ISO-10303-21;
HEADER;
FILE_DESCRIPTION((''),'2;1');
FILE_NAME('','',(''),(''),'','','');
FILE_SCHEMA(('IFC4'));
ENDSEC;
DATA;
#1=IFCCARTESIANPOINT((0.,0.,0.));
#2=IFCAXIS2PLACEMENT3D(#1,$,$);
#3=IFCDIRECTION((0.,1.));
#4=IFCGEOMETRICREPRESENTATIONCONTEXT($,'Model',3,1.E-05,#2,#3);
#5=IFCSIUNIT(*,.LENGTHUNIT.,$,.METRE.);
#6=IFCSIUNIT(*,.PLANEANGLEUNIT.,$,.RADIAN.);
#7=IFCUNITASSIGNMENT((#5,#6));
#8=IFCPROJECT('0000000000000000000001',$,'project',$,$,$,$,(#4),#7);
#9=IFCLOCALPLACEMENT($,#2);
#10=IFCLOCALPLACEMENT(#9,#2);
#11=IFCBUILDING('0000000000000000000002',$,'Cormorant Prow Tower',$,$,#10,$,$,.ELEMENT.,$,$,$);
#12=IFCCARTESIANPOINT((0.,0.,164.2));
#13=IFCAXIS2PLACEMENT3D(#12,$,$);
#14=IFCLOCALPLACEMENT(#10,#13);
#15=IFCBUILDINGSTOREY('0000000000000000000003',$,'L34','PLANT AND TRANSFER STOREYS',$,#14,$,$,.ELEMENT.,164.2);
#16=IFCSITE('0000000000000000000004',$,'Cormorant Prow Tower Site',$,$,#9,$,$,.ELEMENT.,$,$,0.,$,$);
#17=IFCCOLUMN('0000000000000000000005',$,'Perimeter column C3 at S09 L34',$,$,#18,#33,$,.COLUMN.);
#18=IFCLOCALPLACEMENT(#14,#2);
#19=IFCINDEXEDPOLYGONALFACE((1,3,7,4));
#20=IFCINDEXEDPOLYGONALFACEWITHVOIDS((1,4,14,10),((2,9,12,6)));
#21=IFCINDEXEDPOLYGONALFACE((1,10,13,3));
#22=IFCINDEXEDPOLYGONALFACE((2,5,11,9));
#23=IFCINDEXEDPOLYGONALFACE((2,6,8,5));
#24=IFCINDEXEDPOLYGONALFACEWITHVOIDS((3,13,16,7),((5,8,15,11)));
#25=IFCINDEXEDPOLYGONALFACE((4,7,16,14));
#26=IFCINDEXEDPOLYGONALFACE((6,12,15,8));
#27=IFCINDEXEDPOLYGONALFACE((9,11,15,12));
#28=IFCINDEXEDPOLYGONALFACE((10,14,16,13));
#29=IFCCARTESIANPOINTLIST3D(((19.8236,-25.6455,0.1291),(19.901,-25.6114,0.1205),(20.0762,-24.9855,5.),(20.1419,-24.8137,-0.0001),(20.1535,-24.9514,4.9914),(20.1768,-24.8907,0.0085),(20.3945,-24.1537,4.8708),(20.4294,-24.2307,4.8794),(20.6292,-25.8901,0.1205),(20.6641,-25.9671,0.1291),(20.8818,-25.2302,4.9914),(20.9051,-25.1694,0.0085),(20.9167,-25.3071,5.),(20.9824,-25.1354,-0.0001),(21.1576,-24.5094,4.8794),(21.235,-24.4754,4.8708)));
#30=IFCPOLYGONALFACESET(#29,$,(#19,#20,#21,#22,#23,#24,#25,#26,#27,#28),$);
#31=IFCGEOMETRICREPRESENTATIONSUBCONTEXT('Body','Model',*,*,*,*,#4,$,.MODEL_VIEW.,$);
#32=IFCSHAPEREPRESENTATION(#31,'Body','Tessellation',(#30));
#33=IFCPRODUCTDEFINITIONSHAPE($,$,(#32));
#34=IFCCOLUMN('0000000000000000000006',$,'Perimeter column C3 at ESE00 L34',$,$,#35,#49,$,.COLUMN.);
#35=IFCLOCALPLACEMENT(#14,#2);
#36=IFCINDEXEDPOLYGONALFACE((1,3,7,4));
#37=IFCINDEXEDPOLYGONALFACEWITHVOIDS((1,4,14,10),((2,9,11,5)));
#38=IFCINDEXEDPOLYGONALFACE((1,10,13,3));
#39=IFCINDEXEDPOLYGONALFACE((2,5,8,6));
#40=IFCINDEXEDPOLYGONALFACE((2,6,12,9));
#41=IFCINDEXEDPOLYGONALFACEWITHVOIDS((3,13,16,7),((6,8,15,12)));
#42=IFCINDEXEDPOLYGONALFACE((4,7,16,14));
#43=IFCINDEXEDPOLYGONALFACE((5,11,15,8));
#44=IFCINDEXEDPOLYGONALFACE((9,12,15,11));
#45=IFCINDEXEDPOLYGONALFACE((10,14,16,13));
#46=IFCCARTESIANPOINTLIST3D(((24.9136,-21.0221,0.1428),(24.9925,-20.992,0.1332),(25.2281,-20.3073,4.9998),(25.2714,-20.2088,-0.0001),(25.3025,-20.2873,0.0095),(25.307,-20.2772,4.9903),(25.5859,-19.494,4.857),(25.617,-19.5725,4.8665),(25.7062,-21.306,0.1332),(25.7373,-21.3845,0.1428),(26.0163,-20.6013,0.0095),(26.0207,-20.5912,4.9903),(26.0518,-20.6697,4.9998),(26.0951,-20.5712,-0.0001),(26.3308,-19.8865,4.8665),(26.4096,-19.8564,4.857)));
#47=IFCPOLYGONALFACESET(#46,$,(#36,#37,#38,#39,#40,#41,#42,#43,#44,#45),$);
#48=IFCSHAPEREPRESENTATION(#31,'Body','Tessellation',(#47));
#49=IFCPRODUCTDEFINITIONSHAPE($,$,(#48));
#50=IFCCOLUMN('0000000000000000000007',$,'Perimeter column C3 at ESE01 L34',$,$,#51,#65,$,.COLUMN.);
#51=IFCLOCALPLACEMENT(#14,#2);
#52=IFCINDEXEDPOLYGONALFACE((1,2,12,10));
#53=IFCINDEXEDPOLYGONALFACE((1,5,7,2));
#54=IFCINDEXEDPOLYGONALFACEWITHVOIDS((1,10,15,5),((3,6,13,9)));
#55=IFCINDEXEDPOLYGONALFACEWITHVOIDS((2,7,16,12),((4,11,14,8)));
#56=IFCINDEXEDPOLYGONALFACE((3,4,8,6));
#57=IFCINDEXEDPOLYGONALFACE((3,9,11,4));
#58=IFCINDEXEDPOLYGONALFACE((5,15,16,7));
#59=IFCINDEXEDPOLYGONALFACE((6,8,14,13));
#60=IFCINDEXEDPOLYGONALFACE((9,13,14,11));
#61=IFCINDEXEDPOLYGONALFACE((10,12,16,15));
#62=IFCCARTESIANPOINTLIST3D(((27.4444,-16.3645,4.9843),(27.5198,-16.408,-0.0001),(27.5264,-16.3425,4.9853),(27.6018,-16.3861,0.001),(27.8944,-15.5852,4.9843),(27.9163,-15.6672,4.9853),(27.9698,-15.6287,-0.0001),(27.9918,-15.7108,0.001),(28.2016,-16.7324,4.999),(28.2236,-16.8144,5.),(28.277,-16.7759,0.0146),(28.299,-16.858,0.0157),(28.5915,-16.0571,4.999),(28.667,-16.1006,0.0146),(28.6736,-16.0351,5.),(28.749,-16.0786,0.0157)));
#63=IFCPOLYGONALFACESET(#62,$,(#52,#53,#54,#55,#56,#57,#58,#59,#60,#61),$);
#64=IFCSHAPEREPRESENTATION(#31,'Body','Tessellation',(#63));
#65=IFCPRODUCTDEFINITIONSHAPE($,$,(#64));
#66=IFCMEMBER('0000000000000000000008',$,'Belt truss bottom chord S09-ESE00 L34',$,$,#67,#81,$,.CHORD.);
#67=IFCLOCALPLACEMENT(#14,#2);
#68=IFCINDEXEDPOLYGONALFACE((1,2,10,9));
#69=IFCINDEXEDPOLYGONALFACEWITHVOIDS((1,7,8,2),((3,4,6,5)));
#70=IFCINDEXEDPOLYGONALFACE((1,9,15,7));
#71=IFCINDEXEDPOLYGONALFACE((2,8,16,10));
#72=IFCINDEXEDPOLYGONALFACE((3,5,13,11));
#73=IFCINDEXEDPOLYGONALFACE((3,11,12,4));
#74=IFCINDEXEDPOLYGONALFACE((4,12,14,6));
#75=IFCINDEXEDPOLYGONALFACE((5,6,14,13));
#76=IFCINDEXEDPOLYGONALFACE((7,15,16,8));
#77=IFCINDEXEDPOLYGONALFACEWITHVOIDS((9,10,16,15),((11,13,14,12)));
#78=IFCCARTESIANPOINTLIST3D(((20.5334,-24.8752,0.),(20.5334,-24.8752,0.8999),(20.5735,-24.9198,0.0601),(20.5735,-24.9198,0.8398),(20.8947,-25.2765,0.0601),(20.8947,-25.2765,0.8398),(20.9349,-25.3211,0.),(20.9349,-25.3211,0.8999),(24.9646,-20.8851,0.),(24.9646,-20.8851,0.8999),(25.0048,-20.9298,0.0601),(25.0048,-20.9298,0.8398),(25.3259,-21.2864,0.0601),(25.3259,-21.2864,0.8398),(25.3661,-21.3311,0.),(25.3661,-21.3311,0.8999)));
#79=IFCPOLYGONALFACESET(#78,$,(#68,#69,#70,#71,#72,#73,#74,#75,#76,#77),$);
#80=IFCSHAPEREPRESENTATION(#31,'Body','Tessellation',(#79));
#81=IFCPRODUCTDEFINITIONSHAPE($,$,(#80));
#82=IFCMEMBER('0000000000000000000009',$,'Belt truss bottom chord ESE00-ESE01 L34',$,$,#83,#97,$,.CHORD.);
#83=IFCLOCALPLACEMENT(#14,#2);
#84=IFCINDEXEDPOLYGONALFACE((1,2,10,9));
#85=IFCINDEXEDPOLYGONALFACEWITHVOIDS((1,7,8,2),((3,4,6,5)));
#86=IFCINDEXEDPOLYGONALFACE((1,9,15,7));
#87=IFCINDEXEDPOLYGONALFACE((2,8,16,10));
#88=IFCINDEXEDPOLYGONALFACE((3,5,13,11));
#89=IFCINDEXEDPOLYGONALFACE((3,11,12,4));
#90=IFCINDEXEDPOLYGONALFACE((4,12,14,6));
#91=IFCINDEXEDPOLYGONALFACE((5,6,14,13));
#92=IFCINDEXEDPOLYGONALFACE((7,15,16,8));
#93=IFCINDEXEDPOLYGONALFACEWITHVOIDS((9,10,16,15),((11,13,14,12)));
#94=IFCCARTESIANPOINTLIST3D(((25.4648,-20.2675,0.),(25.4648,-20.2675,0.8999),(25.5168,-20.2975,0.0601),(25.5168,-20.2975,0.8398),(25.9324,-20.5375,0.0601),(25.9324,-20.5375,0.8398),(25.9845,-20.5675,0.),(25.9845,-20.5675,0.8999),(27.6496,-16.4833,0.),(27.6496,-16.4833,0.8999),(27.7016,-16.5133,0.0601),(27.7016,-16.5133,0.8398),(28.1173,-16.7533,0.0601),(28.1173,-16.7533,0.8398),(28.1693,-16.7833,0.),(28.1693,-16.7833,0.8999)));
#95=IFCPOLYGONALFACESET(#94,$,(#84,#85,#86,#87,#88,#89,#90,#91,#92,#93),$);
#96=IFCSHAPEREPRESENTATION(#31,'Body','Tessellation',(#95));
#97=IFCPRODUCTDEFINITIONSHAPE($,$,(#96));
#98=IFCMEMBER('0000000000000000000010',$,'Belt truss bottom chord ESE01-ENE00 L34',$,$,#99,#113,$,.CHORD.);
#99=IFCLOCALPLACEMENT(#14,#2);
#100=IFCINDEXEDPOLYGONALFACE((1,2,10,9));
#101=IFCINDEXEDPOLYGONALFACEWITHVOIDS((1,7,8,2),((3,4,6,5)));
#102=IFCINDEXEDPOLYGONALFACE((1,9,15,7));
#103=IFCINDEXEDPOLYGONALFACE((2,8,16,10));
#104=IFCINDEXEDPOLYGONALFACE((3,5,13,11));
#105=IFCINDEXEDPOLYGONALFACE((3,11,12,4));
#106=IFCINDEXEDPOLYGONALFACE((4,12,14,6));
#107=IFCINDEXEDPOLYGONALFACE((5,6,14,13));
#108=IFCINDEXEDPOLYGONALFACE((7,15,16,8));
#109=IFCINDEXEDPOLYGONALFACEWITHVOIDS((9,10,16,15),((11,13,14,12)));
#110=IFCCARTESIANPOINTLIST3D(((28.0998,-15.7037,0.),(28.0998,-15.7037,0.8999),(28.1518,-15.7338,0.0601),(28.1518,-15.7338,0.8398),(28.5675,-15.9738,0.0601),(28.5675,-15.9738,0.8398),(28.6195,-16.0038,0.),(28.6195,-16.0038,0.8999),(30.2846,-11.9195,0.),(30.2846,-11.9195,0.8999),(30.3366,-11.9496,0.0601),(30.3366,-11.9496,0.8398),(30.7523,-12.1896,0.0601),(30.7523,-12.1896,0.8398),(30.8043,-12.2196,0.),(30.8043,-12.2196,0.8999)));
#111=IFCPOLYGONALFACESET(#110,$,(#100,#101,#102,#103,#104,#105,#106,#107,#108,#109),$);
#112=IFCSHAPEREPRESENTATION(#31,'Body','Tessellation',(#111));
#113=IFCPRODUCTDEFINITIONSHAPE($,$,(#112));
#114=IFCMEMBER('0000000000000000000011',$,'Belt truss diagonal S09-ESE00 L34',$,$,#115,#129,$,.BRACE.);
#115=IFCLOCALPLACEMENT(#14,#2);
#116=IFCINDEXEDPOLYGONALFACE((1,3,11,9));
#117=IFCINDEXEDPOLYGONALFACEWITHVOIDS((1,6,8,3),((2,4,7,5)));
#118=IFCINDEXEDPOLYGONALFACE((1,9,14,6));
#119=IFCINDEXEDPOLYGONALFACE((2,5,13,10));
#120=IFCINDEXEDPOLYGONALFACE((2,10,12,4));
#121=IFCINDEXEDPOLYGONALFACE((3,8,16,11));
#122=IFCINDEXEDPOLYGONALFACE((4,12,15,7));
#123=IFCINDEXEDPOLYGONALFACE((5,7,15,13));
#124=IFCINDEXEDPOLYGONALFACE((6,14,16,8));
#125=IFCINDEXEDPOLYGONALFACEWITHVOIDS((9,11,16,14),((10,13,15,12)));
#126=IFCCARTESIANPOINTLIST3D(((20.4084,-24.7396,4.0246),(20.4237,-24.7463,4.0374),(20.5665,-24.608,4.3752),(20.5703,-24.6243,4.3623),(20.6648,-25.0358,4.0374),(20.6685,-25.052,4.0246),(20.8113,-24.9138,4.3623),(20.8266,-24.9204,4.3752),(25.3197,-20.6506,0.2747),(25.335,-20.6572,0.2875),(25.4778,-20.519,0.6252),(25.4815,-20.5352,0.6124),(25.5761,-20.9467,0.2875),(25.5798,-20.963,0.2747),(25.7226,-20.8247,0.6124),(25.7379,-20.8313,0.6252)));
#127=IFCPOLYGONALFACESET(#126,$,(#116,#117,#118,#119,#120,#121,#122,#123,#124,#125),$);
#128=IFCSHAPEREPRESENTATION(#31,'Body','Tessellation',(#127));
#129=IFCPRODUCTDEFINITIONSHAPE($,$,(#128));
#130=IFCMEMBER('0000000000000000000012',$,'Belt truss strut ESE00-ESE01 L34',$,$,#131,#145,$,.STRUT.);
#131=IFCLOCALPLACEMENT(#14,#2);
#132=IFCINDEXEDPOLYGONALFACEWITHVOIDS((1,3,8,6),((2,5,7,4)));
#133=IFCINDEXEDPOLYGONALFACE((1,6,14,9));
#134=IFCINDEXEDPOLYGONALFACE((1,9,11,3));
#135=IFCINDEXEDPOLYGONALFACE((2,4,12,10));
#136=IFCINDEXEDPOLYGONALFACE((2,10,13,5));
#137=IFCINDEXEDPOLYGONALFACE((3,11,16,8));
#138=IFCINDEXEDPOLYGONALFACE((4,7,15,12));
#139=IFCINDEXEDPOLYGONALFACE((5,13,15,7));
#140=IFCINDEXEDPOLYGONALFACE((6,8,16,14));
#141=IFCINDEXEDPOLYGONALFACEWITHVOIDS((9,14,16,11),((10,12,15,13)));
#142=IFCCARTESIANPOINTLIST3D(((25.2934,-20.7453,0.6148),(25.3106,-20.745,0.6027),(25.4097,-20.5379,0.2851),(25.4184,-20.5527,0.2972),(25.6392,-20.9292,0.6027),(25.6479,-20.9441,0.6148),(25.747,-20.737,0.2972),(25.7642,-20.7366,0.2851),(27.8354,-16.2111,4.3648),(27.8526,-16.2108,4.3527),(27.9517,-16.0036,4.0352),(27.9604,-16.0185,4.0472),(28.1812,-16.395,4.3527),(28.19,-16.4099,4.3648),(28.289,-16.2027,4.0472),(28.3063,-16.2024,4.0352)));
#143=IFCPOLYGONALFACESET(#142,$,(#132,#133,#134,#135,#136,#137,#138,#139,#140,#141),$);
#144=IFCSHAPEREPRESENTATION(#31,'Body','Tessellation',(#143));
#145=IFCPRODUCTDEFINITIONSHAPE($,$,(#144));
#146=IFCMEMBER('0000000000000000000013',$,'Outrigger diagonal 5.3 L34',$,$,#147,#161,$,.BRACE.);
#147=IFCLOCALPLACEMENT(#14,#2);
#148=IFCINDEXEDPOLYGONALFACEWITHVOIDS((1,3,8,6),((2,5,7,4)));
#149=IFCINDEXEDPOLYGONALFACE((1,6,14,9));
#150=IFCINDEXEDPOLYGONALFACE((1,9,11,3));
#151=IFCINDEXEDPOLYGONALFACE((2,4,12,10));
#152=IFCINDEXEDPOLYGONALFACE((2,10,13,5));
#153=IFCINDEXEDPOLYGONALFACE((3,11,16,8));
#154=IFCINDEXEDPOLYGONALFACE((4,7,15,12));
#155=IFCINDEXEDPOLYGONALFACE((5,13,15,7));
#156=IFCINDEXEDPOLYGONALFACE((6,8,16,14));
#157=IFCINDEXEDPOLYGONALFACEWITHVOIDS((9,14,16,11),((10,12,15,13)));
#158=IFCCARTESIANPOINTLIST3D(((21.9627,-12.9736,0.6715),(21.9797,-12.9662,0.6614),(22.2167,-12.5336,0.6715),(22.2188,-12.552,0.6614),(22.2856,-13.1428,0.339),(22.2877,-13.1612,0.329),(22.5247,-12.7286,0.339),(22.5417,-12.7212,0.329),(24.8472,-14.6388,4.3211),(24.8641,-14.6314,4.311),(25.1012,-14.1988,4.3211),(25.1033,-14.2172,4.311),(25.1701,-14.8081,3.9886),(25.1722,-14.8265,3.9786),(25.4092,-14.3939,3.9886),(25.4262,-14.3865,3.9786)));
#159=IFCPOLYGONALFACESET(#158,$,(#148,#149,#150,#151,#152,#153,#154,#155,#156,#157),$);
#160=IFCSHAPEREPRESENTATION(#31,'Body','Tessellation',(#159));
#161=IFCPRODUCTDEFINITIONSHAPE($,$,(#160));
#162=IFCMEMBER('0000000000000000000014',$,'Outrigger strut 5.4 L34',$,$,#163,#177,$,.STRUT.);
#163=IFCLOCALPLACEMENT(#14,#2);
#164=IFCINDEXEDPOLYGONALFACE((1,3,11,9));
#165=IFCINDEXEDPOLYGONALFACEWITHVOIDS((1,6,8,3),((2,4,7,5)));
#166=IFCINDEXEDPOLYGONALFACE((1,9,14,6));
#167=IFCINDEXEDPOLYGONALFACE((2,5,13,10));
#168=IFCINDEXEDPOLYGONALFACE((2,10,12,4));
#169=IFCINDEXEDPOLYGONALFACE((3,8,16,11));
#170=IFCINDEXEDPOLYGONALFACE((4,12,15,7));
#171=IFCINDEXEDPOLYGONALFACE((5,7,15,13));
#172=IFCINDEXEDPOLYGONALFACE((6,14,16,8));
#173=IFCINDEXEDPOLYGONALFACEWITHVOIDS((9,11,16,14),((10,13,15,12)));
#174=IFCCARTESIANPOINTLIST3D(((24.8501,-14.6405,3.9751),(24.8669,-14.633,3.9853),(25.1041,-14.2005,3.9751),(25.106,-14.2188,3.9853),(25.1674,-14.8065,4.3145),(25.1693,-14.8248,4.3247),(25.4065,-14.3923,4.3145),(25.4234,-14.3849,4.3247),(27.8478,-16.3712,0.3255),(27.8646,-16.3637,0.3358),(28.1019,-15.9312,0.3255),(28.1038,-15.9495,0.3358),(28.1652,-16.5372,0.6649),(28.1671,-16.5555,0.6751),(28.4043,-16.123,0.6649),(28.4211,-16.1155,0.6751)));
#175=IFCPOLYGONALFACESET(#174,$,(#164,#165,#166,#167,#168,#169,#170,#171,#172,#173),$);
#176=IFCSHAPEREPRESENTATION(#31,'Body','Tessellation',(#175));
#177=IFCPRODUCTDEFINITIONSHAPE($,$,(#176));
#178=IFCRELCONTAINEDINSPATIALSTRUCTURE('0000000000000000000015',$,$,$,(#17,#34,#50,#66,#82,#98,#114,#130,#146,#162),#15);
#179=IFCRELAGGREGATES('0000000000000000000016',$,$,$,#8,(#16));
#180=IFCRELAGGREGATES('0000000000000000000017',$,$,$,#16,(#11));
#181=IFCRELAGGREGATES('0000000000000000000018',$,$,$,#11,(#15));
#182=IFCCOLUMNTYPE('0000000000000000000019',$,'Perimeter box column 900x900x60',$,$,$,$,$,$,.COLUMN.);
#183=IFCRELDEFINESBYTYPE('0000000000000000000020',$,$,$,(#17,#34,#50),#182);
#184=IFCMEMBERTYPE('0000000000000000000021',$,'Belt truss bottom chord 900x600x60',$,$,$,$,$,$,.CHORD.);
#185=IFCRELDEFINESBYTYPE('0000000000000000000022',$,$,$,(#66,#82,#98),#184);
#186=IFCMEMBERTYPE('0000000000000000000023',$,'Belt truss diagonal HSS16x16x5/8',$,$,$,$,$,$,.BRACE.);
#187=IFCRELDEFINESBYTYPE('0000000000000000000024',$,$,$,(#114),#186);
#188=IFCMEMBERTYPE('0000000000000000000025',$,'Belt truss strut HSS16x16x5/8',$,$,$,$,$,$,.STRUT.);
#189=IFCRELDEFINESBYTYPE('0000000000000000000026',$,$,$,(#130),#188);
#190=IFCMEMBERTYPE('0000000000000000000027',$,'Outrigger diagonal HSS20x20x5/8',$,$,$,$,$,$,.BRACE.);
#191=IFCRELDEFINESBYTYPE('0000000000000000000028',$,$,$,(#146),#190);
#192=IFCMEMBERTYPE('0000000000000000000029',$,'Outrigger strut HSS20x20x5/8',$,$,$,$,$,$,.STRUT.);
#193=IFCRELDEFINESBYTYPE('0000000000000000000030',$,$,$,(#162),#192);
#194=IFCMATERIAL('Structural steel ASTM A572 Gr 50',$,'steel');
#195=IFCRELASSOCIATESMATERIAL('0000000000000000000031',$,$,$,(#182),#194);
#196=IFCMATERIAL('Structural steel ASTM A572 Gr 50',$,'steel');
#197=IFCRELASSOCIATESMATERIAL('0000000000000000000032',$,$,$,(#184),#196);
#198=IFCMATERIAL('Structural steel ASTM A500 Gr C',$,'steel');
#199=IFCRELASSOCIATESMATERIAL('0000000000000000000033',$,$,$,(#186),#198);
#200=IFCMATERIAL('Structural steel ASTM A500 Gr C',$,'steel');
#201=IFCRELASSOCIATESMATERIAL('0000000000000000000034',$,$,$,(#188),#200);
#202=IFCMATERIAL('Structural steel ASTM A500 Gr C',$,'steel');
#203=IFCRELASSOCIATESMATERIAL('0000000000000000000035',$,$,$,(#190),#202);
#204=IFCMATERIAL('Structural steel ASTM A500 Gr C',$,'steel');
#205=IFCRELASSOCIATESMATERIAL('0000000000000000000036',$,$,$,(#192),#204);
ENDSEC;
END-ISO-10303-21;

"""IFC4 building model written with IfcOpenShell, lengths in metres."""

from ifc_helpers import new_model, si_unit, direction, frame, origin, origin_2d, place, context, subcontext, project, spatial, hollow_rectangle, extrude, material, material_profile, profile_set, type_object, element, save


model = new_model("IFC4")

# Units and contexts
model_context = context("Model", 3, precision=1e-05, world=origin(), true_north=direction((0.0, 1.0)))
body_context = subcontext(model_context, "Body", "Model", "MODEL_VIEW")
ifc_project = project(units=[si_unit("LENGTHUNIT", "METRE"), si_unit("PLANEANGLEUNIT", "RADIAN")], contexts=[model_context])

# Site, building, storey
site_placement = place(None, origin())
site = spatial("IfcSite", under=ifc_project, at=site_placement, Name="Cormorant Prow Tower Site", CompositionType="ELEMENT", RefElevation=0.0)
building_placement = place(site_placement, origin())
building = spatial("IfcBuilding", under=site, at=building_placement, Name="Cormorant Prow Tower", CompositionType="ELEMENT")
storey_placement = place(building_placement, frame((0.0, 0.0, 164.2)))
storey = spatial("IfcBuildingStorey", under=building, at=storey_placement, Name="L34", Description="PLANT AND TRANSFER STOREYS", CompositionType="ELEMENT", Elevation=164.2)

# Columns
ifc_material_1 = material(Name="Structural steel ASTM A572 Gr 50", Category="steel")
ifc_material_profile_1 = material_profile(ifc_material_1, hollow_rectangle(XDim=0.8999, YDim=0.8999, WallThickness=0.0601, at=origin_2d()), Name="Box 900x900x60")
ifc_profile_set_1 = profile_set([ifc_material_profile_1], Name="Structural steel ASTM A572 Gr 50")
column_type = type_object("IfcColumnType", Name="Perimeter box column 900x900x60", PredefinedType="COLUMN", material=ifc_profile_set_1)
column_1_placement = place(storey_placement, frame((20.3997, -25.3992, 0.0), z_axis=(0.051318, 0.134094, 0.989639), x_axis=(-0.933943, 0.357422, 0.0)))
element("IfcColumn", 1, at=column_1_placement, inside=storey, type_object=column_type, Name="Perimeter column C3 at S09 L34", PredefinedType="COLUMN", context=body_context, shape_type="SweptSolid", body=[
    extrude(hollow_rectangle(XDim=0.8999, YDim=0.8999, WallThickness=0.0601, at=origin_2d()), frame((0.0, 0.0, 0.0652)), (0.0, 0.0, 1.0), 4.9219),
])
column_2_placement = place(storey_placement, frame((25.4998, -20.8071, 0.0), z_axis=(0.063925, 0.145302, 0.98732), x_axis=(-0.915333, 0.402698, 0.0)))
element("IfcColumn", 2, at=column_2_placement, inside=storey, type_object=column_type, Name="Perimeter column C3 at ESE00 L34", PredefinedType="COLUMN", context=body_context, shape_type="SweptSolid", body=[
    extrude(hollow_rectangle(XDim=0.8999, YDim=0.8999, WallThickness=0.0601, at=origin_2d()), frame((0.0, 0.0, 0.0723)), (0.0, 0.0, 1.0), 4.9194),
])
column_3_placement = place(storey_placement, frame((28.1345, -16.2434, 0.0), z_axis=(-0.015134, 0.008739, 0.999847), x_axis=(-0.500045, -0.865999, 0.0)))
element("IfcColumn", 3, at=column_3_placement, inside=storey, type_object=column_type, Name="Perimeter column C3 at ESE01 L34", PredefinedType="COLUMN", context=body_context, shape_type="SweptSolid", body=[
    extrude(hollow_rectangle(XDim=0.8999, YDim=0.8999, WallThickness=0.0601, at=origin_2d()), frame((0.0, 0.0, 0.0078)), (0.0, 0.0, 1.0), 4.9851),
])

# Members
ifc_material_2 = material(Name="Structural steel ASTM A572 Gr 50", Category="steel")
ifc_material_profile_2 = material_profile(ifc_material_2, hollow_rectangle(XDim=0.6001, YDim=0.8999, WallThickness=0.0601, at=origin_2d()), Name="Box 900x600x60")
ifc_profile_set_2 = profile_set([ifc_material_profile_2], Name="Structural steel ASTM A572 Gr 50")
member_type_1 = type_object("IfcMemberType", Name="Belt truss bottom chord 900x600x60", PredefinedType="CHORD", material=ifc_profile_set_2)
member_1_placement = place(storey_placement, frame((20.7341, -25.0981, 0.45), z_axis=(0.743131, 0.669146, 0.0), x_axis=(-0.669146, 0.743131, 0.0)))
element("IfcMember", 4, at=member_1_placement, inside=storey, type_object=member_type_1, Name="Belt truss bottom chord S09-ESE00 L34", PredefinedType="CHORD", context=body_context, shape_type="SweptSolid", body=[
    extrude(hollow_rectangle(XDim=0.6001, YDim=0.8999, WallThickness=0.0601, at=origin_2d()), origin(), (0.0, 0.0, 1.0), 5.9629),
])
for number, where, z_axis, x_axis, name in (
    (5, (25.7246, -20.4175, 0.45), (0.500003, 0.866024, 0.0), (-0.866024, 0.500003, 0.0), "Belt truss bottom chord ESE00-ESE01 L34"),
    (6, (28.3596, -15.8538, 0.45), (0.500003, 0.866024, 0.0), (-0.866024, 0.500003, 0.0), "Belt truss bottom chord ESE01-ENE00 L34"),
):
    element("IfcMember", number, at=place(storey_placement, frame(where, z_axis=z_axis, x_axis=x_axis)), inside=storey, type_object=member_type_1, Name=name, PredefinedType="CHORD", context=body_context, shape_type="SweptSolid", body=[
        extrude(hollow_rectangle(XDim=0.6001, YDim=0.8999, WallThickness=0.0601, at=origin_2d()), origin(), (0.0, 0.0, 1.0), 4.3696),
    ])
ifc_material_3 = material(Name="Structural steel ASTM A500 Gr C", Category="steel")
ifc_material_profile_3 = material_profile(ifc_material_3, hollow_rectangle(XDim=0.4065, YDim=0.4065, WallThickness=0.0149, at=origin_2d()), Name="HSS16x16x5/8")
ifc_profile_set_3 = profile_set([ifc_material_profile_3], Name="Structural steel ASTM A500 Gr C")
member_type_2 = type_object("IfcMemberType", Name="Belt truss diagonal HSS16x16x5/8", PredefinedType="BRACE", material=ifc_profile_set_3)
member_2_placement = place(storey_placement, frame((25.5288, -20.741, 0.45), z_axis=(-0.662823, -0.551853, 0.506087), x_axis=(0.639842, -0.768506, 0.0)))
element("IfcMember", 7, at=member_2_placement, inside=storey, type_object=member_type_2, Name="Belt truss diagonal S09-ESE00 L34", PredefinedType="BRACE", context=body_context, shape_type="SweptSolid", body=[
    extrude(hollow_rectangle(XDim=0.4065, YDim=0.4065, WallThickness=0.0149, at=origin_2d()), origin(), (0.0, 0.0, 1.0), 7.4097),
])
ifc_material_4 = material(Name="Structural steel ASTM A500 Gr C", Category="steel")
ifc_material_profile_4 = material_profile(ifc_material_4, hollow_rectangle(XDim=0.4065, YDim=0.4065, WallThickness=0.0149, at=origin_2d()), Name="HSS16x16x5/8")
ifc_profile_set_4 = profile_set([ifc_material_profile_4], Name="Structural steel ASTM A500 Gr C")
member_type_3 = type_object("IfcMemberType", Name="Belt truss strut HSS16x16x5/8", PredefinedType="STRUT", material=ifc_profile_set_4)
member_3_placement = place(storey_placement, frame((25.5288, -20.741, 0.45), z_axis=(0.396591, 0.707404, 0.58506), x_axis=(-0.872272, 0.489021, 0.0)))
element("IfcMember", 8, at=member_3_placement, inside=storey, type_object=member_type_3, Name="Belt truss strut ESE00-ESE01 L34", PredefinedType="STRUT", context=body_context, shape_type="SweptSolid", body=[
    extrude(hollow_rectangle(XDim=0.4065, YDim=0.4065, WallThickness=0.0149, at=origin_2d()), origin(), (0.0, 0.0, 1.0), 6.4097),
])
ifc_material_5 = material(Name="Structural steel ASTM A500 Gr C", Category="steel")
ifc_material_profile_5 = material_profile(ifc_material_5, hollow_rectangle(XDim=0.5081, YDim=0.5081, WallThickness=0.0149, at=origin_2d()), Name="HSS20x20x5/8")
ifc_profile_set_5 = profile_set([ifc_material_profile_5], Name="Structural steel ASTM A500 Gr C")
member_type_4 = type_object("IfcMemberType", Name="Outrigger diagonal HSS20x20x5/8", PredefinedType="BRACE", material=ifc_profile_set_5)
member_4_placement = place(storey_placement, frame((22.2522, -12.8474, 0.5002), z_axis=(0.583791, -0.337033, 0.738645), x_axis=(0.499978, 0.866038, 0.0)))
element("IfcMember", 9, at=member_4_placement, inside=storey, type_object=member_type_4, Name="Outrigger diagonal 5.3 L34", PredefinedType="BRACE", context=body_context, shape_type="SweptSolid", body=[
    extrude(hollow_rectangle(XDim=0.5081, YDim=0.5081, WallThickness=0.0149, at=origin_2d()), origin(), (0.0, 0.0, 1.0), 4.9409),
])
ifc_material_6 = material(Name="Structural steel ASTM A500 Gr C", Category="steel")
ifc_material_profile_6 = material_profile(ifc_material_6, hollow_rectangle(XDim=0.5081, YDim=0.5081, WallThickness=0.0149, at=origin_2d()), Name="HSS20x20x5/8")
ifc_profile_set_6 = profile_set([ifc_material_profile_6], Name="Structural steel ASTM A500 Gr C")
member_type_5 = type_object("IfcMemberType", Name="Outrigger strut HSS20x20x5/8", PredefinedType="STRUT", material=ifc_profile_set_6)
member_5_placement = place(storey_placement, frame((25.1367, -14.5127, 4.1499), z_axis=(0.595969, -0.344069, -0.72556), x_axis=(0.499985, 0.866034, 0.0)))
element("IfcMember", 10, at=member_5_placement, inside=storey, type_object=member_type_5, Name="Outrigger strut 5.4 L34", PredefinedType="STRUT", context=body_context, shape_type="SweptSolid", body=[
    extrude(hollow_rectangle(XDim=0.5081, YDim=0.5081, WallThickness=0.0149, at=origin_2d()), origin(), (0.0, 0.0, 1.0), 5.03),
])

save(model, "model.ifc")
